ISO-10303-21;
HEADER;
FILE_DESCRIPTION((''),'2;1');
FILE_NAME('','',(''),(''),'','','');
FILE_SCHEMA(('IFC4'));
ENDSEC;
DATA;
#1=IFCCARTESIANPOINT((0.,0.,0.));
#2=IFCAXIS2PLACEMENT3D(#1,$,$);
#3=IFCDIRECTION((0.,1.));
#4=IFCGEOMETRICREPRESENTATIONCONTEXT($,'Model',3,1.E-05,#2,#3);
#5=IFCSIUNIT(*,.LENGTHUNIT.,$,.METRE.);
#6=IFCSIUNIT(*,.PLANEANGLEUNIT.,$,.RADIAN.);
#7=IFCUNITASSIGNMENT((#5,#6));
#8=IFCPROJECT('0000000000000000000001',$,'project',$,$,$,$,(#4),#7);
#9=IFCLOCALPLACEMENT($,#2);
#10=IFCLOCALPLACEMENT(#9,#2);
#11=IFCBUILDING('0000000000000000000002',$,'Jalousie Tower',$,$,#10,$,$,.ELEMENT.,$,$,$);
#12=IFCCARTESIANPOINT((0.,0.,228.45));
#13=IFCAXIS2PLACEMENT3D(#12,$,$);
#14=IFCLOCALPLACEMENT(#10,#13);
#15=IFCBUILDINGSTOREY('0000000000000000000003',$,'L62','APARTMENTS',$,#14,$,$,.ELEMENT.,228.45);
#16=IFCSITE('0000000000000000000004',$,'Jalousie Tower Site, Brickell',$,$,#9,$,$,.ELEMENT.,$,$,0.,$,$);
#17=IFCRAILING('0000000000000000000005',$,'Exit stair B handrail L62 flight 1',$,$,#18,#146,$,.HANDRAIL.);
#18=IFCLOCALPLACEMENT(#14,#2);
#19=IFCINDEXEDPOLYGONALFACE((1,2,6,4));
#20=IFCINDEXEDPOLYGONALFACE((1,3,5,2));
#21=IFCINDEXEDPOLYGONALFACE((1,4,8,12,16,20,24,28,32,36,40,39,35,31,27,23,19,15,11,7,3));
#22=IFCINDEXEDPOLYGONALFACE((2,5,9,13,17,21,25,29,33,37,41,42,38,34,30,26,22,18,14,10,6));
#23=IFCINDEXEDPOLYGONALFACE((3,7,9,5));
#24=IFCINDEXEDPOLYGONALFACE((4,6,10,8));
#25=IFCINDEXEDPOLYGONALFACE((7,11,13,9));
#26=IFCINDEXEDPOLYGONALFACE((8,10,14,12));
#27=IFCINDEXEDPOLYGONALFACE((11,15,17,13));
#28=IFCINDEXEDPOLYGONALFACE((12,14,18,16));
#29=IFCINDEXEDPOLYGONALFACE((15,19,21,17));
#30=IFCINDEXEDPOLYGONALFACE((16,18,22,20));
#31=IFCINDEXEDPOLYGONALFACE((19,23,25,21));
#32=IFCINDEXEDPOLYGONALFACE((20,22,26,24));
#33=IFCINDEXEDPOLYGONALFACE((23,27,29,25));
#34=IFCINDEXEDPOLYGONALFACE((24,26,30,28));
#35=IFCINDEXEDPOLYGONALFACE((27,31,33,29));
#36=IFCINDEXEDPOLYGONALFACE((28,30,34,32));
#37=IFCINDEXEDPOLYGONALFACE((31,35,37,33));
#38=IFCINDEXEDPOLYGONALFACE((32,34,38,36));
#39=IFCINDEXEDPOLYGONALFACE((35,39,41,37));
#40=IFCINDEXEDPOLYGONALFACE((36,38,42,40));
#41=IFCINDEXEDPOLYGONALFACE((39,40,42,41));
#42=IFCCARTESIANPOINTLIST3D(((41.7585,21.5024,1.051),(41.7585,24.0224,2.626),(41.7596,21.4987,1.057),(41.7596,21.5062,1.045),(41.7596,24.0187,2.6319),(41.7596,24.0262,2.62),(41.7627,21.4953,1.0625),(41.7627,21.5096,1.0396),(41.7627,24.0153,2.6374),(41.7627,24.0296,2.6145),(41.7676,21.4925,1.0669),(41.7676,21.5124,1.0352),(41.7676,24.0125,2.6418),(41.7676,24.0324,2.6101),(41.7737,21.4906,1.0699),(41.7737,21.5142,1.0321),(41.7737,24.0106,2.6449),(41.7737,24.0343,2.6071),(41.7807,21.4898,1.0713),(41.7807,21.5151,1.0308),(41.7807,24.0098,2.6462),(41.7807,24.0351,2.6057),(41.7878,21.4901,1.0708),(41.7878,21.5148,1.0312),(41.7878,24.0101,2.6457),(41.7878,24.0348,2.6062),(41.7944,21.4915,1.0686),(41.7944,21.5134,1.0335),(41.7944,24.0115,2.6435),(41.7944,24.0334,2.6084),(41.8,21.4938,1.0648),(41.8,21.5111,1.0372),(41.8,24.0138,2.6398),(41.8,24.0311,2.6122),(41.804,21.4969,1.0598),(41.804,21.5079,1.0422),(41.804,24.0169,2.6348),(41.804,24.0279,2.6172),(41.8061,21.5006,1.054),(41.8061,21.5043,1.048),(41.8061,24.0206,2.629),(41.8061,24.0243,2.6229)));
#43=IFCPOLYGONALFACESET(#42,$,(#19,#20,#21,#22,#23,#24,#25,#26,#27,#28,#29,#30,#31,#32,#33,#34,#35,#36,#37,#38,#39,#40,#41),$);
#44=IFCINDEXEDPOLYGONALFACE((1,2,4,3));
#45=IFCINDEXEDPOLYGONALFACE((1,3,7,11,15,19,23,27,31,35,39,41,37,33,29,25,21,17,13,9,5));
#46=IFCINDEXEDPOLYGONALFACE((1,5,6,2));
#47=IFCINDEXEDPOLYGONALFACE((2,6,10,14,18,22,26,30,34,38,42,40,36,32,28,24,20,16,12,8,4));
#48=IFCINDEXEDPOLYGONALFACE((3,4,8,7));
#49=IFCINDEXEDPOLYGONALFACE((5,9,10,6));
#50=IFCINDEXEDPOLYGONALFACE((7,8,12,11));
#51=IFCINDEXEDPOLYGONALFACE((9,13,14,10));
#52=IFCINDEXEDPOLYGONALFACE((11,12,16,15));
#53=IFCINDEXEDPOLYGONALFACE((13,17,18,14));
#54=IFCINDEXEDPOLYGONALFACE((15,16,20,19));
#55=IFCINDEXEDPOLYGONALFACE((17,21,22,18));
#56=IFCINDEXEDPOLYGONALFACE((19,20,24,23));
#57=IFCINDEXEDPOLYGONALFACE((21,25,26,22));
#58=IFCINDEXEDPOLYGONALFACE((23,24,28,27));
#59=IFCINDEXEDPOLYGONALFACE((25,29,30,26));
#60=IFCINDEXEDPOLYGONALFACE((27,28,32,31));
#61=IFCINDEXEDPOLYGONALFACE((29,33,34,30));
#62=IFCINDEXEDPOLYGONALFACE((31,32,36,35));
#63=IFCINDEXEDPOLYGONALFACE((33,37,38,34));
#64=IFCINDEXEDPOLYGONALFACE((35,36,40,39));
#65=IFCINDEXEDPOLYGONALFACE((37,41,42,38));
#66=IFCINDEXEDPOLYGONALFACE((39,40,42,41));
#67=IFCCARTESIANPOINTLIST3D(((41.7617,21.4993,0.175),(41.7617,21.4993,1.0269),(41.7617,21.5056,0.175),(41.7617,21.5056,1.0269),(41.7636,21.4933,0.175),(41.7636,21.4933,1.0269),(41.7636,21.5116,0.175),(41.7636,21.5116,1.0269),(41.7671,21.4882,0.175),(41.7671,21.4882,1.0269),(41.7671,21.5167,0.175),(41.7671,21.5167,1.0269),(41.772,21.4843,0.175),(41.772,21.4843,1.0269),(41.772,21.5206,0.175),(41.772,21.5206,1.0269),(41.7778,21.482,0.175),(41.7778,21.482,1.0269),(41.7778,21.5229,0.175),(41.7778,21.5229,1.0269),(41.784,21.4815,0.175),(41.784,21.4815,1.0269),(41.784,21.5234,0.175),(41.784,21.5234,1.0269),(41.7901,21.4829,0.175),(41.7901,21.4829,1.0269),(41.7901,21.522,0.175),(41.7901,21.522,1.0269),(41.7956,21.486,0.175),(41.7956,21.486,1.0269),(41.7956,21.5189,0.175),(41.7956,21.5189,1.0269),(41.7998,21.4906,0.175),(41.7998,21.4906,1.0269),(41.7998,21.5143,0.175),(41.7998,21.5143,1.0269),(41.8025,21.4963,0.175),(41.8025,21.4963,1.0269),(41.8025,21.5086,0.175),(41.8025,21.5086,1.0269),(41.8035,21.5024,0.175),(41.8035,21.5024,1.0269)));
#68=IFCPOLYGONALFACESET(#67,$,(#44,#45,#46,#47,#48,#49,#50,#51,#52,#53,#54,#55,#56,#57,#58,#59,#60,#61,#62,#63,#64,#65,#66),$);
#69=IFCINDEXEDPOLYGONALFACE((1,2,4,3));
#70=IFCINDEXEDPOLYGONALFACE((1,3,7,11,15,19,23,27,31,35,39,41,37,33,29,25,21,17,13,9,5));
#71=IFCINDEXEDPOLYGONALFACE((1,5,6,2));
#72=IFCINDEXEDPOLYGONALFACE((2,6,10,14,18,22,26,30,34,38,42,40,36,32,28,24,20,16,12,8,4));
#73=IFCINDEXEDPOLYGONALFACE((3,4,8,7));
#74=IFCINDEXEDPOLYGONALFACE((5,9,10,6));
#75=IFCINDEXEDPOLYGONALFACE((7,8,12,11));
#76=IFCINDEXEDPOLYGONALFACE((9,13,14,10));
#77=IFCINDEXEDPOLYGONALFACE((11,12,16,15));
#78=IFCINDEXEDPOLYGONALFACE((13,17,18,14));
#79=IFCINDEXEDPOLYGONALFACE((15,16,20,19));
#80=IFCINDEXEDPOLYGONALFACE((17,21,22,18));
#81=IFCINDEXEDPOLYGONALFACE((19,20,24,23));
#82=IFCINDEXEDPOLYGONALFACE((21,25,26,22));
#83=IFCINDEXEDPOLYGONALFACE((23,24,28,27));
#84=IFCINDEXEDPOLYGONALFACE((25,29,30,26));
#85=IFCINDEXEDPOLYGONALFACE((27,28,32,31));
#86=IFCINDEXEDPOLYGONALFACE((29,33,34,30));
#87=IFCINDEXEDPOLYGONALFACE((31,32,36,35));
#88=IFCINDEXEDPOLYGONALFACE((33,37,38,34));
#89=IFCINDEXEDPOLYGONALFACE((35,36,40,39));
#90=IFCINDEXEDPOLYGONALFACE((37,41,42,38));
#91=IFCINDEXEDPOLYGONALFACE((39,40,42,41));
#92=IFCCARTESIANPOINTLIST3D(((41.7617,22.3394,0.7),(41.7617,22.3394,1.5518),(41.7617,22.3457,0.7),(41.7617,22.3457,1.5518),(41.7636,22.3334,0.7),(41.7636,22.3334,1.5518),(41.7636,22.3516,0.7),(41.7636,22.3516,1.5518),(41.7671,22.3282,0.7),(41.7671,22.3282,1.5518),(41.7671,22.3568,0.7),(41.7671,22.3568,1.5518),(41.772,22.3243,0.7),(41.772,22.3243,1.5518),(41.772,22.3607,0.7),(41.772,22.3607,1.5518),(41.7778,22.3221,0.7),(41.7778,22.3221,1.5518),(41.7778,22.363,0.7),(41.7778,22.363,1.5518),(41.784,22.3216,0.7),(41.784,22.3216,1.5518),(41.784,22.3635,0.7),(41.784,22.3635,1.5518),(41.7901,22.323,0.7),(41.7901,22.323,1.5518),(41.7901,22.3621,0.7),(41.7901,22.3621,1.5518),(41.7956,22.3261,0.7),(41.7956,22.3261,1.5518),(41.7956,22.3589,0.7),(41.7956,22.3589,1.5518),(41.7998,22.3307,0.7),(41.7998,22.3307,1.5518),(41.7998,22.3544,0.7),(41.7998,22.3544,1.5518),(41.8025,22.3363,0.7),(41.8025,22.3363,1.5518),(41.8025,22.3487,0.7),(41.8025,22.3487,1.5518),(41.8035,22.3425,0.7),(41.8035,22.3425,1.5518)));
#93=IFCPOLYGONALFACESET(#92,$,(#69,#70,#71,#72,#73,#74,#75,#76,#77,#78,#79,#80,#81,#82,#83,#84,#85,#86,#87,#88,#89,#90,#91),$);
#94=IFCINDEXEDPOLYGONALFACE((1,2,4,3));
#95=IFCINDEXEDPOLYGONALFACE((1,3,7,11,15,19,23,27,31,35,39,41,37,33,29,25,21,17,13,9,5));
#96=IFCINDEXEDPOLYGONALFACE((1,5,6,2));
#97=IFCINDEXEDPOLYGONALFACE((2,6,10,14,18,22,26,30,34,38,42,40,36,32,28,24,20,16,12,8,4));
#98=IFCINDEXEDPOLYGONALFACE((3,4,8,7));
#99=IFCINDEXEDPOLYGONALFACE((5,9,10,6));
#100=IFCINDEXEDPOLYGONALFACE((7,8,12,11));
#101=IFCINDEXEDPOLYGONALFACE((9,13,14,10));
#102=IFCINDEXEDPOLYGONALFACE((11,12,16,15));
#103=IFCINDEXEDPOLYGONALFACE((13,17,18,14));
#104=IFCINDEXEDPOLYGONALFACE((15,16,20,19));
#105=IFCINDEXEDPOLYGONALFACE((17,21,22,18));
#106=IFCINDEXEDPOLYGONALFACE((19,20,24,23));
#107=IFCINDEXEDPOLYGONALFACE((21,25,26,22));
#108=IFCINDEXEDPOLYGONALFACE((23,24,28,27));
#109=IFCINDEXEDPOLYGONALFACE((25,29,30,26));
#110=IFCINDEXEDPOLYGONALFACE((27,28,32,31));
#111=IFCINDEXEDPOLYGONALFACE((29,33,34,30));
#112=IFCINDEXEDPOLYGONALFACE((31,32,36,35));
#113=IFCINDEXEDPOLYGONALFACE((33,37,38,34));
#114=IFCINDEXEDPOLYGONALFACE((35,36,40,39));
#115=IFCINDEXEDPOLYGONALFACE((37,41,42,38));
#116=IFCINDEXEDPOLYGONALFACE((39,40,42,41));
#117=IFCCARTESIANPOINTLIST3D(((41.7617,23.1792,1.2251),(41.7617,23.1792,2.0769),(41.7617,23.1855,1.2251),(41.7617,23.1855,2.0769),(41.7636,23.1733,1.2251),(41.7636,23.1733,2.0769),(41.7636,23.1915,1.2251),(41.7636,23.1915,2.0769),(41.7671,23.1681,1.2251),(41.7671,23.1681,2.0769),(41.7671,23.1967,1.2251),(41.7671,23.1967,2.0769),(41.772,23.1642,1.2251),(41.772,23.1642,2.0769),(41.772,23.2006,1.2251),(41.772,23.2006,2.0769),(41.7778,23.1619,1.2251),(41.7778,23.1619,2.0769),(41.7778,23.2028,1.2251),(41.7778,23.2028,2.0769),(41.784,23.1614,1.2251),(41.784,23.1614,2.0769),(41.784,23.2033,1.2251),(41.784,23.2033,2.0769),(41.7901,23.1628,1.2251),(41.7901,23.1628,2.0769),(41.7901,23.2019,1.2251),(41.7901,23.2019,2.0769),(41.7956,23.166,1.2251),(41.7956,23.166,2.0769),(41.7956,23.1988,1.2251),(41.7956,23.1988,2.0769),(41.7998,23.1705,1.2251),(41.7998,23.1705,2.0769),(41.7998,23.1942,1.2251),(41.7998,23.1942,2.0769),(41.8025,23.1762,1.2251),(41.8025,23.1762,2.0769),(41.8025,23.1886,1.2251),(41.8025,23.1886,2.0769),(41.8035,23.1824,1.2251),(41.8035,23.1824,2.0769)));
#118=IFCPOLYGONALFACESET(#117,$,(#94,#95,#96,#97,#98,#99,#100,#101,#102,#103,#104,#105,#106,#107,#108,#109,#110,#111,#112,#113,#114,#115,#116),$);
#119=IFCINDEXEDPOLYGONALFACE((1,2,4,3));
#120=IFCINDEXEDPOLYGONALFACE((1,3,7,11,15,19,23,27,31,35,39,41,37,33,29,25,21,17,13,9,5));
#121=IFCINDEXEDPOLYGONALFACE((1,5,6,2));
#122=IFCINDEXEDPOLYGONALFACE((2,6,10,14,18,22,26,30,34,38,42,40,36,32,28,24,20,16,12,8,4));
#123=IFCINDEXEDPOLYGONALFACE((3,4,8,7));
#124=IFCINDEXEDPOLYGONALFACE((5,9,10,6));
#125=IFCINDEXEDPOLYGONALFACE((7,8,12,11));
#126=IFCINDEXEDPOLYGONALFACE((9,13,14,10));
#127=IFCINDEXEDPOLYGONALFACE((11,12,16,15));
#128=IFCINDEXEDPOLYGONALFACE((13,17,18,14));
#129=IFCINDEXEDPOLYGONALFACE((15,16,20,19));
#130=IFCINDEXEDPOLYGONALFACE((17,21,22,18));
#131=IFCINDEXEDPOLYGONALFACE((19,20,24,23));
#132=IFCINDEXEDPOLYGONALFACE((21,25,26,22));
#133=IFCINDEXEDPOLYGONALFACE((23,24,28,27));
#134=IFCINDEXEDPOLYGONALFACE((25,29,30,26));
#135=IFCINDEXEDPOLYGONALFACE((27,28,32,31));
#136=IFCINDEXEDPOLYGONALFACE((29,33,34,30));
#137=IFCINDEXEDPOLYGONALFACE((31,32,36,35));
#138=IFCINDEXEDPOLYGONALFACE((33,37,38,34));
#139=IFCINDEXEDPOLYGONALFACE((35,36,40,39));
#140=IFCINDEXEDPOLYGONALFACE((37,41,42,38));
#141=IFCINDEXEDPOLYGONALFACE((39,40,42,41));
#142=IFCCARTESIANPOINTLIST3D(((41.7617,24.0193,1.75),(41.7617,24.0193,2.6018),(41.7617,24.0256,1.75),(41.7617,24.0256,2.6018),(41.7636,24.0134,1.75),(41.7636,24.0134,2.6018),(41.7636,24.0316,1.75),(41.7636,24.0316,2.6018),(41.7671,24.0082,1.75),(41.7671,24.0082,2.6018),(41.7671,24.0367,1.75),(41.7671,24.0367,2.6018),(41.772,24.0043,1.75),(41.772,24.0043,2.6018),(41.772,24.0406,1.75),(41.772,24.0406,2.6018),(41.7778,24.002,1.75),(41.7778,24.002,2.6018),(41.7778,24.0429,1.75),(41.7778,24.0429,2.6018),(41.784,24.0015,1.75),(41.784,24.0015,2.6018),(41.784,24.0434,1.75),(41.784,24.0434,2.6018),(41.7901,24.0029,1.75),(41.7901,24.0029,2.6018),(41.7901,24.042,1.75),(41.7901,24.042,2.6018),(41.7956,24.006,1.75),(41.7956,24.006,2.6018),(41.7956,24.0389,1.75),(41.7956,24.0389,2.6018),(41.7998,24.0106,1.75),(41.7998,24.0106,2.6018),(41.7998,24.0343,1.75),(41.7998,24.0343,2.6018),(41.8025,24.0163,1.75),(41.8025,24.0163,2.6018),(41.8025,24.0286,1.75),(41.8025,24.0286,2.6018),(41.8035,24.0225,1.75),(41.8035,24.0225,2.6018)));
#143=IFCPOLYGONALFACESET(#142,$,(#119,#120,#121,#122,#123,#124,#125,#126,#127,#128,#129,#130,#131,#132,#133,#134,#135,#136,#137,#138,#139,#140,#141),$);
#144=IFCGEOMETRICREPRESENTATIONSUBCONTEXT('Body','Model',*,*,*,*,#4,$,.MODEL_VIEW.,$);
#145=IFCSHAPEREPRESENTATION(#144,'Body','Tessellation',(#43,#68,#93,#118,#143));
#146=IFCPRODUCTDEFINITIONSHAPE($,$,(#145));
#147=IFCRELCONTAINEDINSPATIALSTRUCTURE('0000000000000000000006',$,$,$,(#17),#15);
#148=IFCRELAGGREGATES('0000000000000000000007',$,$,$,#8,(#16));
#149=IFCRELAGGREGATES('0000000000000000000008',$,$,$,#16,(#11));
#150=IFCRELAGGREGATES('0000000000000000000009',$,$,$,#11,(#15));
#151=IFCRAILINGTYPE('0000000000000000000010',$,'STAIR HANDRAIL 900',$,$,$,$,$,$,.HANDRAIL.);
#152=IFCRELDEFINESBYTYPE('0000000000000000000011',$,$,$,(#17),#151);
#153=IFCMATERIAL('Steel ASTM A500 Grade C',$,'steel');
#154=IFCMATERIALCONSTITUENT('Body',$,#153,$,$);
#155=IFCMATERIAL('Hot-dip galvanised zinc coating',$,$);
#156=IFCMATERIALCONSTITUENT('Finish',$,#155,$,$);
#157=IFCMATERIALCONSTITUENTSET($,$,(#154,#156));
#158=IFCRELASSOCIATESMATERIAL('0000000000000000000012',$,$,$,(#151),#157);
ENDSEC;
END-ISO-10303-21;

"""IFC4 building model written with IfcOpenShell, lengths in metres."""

from ifc_helpers import new_model, si_unit, direction, frame, origin, origin_2d, place, context, subcontext, project, spatial, circle, extrude, material, constituent, constituent_set, type_object, element, save


model = new_model("IFC4")

# Units and contexts
model_context = context("Model", 3, precision=1e-05, world=origin(), true_north=direction((0.0, 1.0)))
body_context = subcontext(model_context, "Body", "Model", "MODEL_VIEW")
ifc_project = project(units=[si_unit("LENGTHUNIT", "METRE"), si_unit("PLANEANGLEUNIT", "RADIAN")], contexts=[model_context])

# Site, building, storey
site_placement = place(None, origin())
site = spatial("IfcSite", under=ifc_project, at=site_placement, Name="Jalousie Tower Site, Brickell", CompositionType="ELEMENT", RefElevation=0.0)
building_placement = place(site_placement, origin())
building = spatial("IfcBuilding", under=site, at=building_placement, Name="Jalousie Tower", CompositionType="ELEMENT")
storey_placement = place(building_placement, frame((0.0, 0.0, 228.45)))
storey = spatial("IfcBuildingStorey", under=building, at=storey_placement, Name="L62", Description="APARTMENTS", CompositionType="ELEMENT", Elevation=228.45)

# Railing
ifc_material_1 = material(Name="Steel ASTM A500 Grade C", Category="steel")
ifc_constituent_1 = constituent(ifc_material_1, Name="Body")
ifc_material_2 = material(Name="Hot-dip galvanised zinc coating")
ifc_constituent_2 = constituent(ifc_material_2, Name="Finish")
ifc_constituent_set_1 = constituent_set(constituents=[ifc_constituent_1, ifc_constituent_2])
railing_type_1 = type_object("IfcRailingType", Name="STAIR HANDRAIL 900", PredefinedType="HANDRAIL", material=ifc_constituent_set_1)
railing_1_placement = place(storey_placement, frame((41.7825, 21.5024, 0.175)))
element("IfcRailing", 1, at=railing_1_placement, inside=storey, type_object=railing_type_1, Name="Exit stair B handrail L62 flight 1", PredefinedType="HANDRAIL", context=body_context, shape_type="SweptSolid", body=[
    extrude(circle(Radius=0.0239, at=origin_2d()), frame((0.0, 0.0, 0.876), z_axis=(0.0, 0.848008, 0.529984), x_axis=(-1.0, 0.0, 0.0)), (0.0, 0.0, 1.0), 2.9717),
    extrude(circle(Radius=0.021, at=origin_2d()), origin(), (0.0, 0.0, 1.0), 0.8518),
    extrude(circle(Radius=0.021, at=origin_2d()), frame((0.0, 0.8401, 0.5249)), (0.0, 0.0, 1.0), 0.8518),
    extrude(circle(Radius=0.021, at=origin_2d()), frame((0.0, 1.6799, 1.05)), (0.0, 0.0, 1.0), 0.8518),
    extrude(circle(Radius=0.021, at=origin_2d()), frame((0.0, 2.52, 1.575)), (0.0, 0.0, 1.0), 0.8518),
])

save(model, "model.ifc")
